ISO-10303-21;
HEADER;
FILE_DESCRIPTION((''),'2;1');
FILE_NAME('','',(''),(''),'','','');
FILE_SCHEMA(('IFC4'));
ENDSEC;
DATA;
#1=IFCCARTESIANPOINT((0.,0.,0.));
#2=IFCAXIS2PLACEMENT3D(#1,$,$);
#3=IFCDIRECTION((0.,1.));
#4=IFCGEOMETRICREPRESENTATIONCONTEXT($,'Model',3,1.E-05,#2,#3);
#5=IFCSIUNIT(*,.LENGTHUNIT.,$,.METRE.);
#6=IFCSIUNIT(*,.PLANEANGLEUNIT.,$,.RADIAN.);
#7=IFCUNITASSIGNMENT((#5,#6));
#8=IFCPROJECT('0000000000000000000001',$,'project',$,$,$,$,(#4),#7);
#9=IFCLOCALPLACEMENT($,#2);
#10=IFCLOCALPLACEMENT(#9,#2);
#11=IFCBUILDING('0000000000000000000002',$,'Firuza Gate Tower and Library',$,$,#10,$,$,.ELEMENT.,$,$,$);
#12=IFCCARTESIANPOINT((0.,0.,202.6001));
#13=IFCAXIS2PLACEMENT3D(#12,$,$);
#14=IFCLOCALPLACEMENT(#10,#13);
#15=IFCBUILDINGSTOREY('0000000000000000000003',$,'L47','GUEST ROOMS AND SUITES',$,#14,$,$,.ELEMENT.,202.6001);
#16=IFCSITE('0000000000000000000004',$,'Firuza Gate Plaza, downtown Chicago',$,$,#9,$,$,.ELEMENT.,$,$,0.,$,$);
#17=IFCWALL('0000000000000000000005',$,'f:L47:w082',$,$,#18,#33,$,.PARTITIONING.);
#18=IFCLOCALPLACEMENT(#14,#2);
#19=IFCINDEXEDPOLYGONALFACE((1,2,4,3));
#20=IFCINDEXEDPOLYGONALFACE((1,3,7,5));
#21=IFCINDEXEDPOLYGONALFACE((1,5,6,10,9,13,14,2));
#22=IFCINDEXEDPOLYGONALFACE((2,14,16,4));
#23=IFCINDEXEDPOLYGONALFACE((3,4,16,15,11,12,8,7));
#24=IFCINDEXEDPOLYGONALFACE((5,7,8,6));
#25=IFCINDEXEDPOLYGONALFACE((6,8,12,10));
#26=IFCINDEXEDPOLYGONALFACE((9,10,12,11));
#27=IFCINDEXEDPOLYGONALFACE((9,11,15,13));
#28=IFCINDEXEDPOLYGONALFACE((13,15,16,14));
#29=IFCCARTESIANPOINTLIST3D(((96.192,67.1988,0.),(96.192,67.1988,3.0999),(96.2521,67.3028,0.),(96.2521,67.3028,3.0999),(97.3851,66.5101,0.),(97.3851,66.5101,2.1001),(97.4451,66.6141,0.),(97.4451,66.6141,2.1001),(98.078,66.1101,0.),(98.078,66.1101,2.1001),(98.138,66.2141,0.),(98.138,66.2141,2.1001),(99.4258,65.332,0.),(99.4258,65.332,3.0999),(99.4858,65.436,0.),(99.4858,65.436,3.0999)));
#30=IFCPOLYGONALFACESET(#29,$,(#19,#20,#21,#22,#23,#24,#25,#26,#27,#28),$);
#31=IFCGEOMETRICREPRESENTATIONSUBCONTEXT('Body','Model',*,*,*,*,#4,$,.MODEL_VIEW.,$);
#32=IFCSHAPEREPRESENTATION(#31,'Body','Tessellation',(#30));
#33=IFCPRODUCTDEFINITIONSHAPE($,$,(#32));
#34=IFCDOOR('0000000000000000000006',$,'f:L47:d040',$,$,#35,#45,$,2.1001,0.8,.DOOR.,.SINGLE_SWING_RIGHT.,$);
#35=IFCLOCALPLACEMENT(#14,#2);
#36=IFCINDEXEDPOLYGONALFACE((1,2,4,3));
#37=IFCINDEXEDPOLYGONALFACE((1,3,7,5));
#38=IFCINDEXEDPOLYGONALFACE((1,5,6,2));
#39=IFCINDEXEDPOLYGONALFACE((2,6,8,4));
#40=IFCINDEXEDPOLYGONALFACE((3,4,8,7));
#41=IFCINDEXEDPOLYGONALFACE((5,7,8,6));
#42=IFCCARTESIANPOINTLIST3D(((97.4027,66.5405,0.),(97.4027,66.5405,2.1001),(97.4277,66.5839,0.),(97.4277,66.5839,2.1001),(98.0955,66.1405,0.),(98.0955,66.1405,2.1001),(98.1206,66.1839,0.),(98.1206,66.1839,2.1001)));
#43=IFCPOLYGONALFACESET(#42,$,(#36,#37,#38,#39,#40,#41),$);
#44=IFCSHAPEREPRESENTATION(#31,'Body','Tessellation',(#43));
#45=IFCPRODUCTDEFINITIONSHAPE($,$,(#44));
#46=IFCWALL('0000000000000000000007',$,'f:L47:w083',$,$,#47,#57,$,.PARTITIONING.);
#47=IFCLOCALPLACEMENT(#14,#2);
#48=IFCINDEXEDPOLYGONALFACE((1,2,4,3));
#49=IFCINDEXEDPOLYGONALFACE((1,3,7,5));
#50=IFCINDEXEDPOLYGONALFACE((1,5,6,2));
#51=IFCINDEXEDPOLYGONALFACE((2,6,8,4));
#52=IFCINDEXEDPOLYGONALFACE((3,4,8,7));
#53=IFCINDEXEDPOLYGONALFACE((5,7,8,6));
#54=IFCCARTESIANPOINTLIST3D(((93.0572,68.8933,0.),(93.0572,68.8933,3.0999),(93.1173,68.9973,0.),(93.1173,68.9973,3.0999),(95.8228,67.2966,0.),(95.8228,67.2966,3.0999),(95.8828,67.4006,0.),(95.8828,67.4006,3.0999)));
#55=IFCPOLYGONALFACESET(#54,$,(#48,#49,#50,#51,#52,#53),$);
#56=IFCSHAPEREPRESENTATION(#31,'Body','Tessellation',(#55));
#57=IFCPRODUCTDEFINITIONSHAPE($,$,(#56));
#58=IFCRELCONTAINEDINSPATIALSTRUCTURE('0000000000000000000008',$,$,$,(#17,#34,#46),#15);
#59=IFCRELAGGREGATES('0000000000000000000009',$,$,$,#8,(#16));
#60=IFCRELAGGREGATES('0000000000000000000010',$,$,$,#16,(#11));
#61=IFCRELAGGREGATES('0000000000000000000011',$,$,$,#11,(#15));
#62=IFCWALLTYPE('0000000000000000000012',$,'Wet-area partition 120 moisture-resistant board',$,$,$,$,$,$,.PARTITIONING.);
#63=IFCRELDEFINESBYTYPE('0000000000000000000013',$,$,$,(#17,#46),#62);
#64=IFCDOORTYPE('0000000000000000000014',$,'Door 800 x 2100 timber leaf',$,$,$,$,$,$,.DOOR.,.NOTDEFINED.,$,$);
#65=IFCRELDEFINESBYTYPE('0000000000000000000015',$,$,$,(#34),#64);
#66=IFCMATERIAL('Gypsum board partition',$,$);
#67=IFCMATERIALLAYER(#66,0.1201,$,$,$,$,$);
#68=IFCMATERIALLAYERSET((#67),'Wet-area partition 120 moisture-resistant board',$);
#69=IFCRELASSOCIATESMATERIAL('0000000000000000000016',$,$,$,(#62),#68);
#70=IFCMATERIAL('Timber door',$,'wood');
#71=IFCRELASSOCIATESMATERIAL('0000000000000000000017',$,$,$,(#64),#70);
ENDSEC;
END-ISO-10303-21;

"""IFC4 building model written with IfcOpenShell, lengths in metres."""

from ifc_helpers import new_model, si_unit, direction, frame, frame_2d, origin, place, context, subcontext, project, spatial, rectangle, extrude, material, layer, layer_set, type_object, element, fill, save


model = new_model("IFC4")

# Units and contexts
model_context = context("Model", 3, precision=1e-05, world=origin(), true_north=direction((0.0, 1.0)))
body_context = subcontext(model_context, "Body", "Model", "MODEL_VIEW")
ifc_project = project(units=[si_unit("LENGTHUNIT", "METRE"), si_unit("PLANEANGLEUNIT", "RADIAN")], contexts=[model_context])

# Site, building, storey
site_placement = place(None, origin())
site = spatial("IfcSite", under=ifc_project, at=site_placement, Name="Firuza Gate Plaza, downtown Chicago", CompositionType="ELEMENT", RefElevation=0.0)
building_placement = place(site_placement, origin())
building = spatial("IfcBuilding", under=site, at=building_placement, Name="Firuza Gate Tower and Library", CompositionType="ELEMENT")
storey_placement = place(building_placement, frame((0.0, 0.0, 202.6001)))
storey = spatial("IfcBuildingStorey", under=building, at=storey_placement, Name="L47", Description="GUEST ROOMS AND SUITES", CompositionType="ELEMENT", Elevation=202.6001)

# Shared definitions
ifc_material_1 = material(Name="Gypsum board partition")
ifc_layer_1 = layer(ifc_material_1, 0.1201)
ifc_layer_set_1 = layer_set([ifc_layer_1], Name="Wet-area partition 120 moisture-resistant board")
wall_type_1 = type_object("IfcWallType", Name="Wet-area partition 120 moisture-resistant board", PredefinedType="PARTITIONING", material=ifc_layer_set_1)

# Wall, opening, door
wall_1_placement = place(storey_placement, frame((99.4558, 65.384, 0.0), z_axis=(0.0, 0.0, 1.0), x_axis=(-0.866054, 0.499951, 0.0)))
wall_1 = element("IfcWall", 1, at=wall_1_placement, inside=storey, type_object=wall_type_1, Name="f:L47:w082", PredefinedType="PARTITIONING", context=body_context, shape_type="SweptSolid", body=[
    extrude(rectangle(XDim=3.7339, YDim=0.1201, at=frame_2d((1.8669, 0.0))), origin(), (0.0, 0.0, 1.0), 3.0999),
])
opening_1_placement = place(wall_1_placement, frame((1.5564, 0.0, 0.0)))
opening_1 = element("IfcOpeningElement", 2, at=opening_1_placement, cuts=wall_1, PredefinedType="OPENING", context=body_context, shape_type="SweptSolid", body=[
    extrude(rectangle(XDim=0.8, YDim=2.1001, at=frame_2d((0.3999, 1.05))), frame((0.0, 0.0701, 0.0), z_axis=(0.0, -1.0, 0.0), x_axis=(1.0, 0.0, 0.0)), (0.0, 0.0, 1.0), 0.1401),
])
ifc_material_2 = material(Name="Timber door", Category="wood")
door_type_1 = type_object("IfcDoorType", Name="Door 800 x 2100 timber leaf", OperationType="NOTDEFINED", PredefinedType="DOOR", material=ifc_material_2)
door_1_placement = place(opening_1_placement, origin())
door_1 = element("IfcDoor", 3, at=door_1_placement, inside=storey, type_object=door_type_1, Name="f:L47:d040", OperationType="SINGLE_SWING_RIGHT", OverallHeight=2.1001, OverallWidth=0.8, PredefinedType="DOOR", context=body_context, shape_type="SweptSolid", body=[
    extrude(rectangle(XDim=0.8, YDim=2.1001, at=frame_2d((0.3999, 1.05))), frame((0.0, 0.0249, 0.0), z_axis=(0.0, -1.0, 0.0), x_axis=(1.0, 0.0, 0.0)), (0.0, 0.0, 1.0), 0.05),
])
fill(opening_1, door_1)

# Wall
wall_2_placement = place(storey_placement, frame((95.8528, 67.3486, 0.0), z_axis=(0.0, 0.0, 1.0), x_axis=(-0.866033, 0.499987, 0.0)))
element("IfcWall", 4, at=wall_2_placement, inside=storey, type_object=wall_type_1, Name="f:L47:w083", PredefinedType="PARTITIONING", context=body_context, shape_type="SweptSolid", body=[
    extrude(rectangle(XDim=3.1934, YDim=0.1201, at=frame_2d((1.5967, 0.0))), origin(), (0.0, 0.0, 1.0), 3.0999),
])

save(model, "model.ifc")
